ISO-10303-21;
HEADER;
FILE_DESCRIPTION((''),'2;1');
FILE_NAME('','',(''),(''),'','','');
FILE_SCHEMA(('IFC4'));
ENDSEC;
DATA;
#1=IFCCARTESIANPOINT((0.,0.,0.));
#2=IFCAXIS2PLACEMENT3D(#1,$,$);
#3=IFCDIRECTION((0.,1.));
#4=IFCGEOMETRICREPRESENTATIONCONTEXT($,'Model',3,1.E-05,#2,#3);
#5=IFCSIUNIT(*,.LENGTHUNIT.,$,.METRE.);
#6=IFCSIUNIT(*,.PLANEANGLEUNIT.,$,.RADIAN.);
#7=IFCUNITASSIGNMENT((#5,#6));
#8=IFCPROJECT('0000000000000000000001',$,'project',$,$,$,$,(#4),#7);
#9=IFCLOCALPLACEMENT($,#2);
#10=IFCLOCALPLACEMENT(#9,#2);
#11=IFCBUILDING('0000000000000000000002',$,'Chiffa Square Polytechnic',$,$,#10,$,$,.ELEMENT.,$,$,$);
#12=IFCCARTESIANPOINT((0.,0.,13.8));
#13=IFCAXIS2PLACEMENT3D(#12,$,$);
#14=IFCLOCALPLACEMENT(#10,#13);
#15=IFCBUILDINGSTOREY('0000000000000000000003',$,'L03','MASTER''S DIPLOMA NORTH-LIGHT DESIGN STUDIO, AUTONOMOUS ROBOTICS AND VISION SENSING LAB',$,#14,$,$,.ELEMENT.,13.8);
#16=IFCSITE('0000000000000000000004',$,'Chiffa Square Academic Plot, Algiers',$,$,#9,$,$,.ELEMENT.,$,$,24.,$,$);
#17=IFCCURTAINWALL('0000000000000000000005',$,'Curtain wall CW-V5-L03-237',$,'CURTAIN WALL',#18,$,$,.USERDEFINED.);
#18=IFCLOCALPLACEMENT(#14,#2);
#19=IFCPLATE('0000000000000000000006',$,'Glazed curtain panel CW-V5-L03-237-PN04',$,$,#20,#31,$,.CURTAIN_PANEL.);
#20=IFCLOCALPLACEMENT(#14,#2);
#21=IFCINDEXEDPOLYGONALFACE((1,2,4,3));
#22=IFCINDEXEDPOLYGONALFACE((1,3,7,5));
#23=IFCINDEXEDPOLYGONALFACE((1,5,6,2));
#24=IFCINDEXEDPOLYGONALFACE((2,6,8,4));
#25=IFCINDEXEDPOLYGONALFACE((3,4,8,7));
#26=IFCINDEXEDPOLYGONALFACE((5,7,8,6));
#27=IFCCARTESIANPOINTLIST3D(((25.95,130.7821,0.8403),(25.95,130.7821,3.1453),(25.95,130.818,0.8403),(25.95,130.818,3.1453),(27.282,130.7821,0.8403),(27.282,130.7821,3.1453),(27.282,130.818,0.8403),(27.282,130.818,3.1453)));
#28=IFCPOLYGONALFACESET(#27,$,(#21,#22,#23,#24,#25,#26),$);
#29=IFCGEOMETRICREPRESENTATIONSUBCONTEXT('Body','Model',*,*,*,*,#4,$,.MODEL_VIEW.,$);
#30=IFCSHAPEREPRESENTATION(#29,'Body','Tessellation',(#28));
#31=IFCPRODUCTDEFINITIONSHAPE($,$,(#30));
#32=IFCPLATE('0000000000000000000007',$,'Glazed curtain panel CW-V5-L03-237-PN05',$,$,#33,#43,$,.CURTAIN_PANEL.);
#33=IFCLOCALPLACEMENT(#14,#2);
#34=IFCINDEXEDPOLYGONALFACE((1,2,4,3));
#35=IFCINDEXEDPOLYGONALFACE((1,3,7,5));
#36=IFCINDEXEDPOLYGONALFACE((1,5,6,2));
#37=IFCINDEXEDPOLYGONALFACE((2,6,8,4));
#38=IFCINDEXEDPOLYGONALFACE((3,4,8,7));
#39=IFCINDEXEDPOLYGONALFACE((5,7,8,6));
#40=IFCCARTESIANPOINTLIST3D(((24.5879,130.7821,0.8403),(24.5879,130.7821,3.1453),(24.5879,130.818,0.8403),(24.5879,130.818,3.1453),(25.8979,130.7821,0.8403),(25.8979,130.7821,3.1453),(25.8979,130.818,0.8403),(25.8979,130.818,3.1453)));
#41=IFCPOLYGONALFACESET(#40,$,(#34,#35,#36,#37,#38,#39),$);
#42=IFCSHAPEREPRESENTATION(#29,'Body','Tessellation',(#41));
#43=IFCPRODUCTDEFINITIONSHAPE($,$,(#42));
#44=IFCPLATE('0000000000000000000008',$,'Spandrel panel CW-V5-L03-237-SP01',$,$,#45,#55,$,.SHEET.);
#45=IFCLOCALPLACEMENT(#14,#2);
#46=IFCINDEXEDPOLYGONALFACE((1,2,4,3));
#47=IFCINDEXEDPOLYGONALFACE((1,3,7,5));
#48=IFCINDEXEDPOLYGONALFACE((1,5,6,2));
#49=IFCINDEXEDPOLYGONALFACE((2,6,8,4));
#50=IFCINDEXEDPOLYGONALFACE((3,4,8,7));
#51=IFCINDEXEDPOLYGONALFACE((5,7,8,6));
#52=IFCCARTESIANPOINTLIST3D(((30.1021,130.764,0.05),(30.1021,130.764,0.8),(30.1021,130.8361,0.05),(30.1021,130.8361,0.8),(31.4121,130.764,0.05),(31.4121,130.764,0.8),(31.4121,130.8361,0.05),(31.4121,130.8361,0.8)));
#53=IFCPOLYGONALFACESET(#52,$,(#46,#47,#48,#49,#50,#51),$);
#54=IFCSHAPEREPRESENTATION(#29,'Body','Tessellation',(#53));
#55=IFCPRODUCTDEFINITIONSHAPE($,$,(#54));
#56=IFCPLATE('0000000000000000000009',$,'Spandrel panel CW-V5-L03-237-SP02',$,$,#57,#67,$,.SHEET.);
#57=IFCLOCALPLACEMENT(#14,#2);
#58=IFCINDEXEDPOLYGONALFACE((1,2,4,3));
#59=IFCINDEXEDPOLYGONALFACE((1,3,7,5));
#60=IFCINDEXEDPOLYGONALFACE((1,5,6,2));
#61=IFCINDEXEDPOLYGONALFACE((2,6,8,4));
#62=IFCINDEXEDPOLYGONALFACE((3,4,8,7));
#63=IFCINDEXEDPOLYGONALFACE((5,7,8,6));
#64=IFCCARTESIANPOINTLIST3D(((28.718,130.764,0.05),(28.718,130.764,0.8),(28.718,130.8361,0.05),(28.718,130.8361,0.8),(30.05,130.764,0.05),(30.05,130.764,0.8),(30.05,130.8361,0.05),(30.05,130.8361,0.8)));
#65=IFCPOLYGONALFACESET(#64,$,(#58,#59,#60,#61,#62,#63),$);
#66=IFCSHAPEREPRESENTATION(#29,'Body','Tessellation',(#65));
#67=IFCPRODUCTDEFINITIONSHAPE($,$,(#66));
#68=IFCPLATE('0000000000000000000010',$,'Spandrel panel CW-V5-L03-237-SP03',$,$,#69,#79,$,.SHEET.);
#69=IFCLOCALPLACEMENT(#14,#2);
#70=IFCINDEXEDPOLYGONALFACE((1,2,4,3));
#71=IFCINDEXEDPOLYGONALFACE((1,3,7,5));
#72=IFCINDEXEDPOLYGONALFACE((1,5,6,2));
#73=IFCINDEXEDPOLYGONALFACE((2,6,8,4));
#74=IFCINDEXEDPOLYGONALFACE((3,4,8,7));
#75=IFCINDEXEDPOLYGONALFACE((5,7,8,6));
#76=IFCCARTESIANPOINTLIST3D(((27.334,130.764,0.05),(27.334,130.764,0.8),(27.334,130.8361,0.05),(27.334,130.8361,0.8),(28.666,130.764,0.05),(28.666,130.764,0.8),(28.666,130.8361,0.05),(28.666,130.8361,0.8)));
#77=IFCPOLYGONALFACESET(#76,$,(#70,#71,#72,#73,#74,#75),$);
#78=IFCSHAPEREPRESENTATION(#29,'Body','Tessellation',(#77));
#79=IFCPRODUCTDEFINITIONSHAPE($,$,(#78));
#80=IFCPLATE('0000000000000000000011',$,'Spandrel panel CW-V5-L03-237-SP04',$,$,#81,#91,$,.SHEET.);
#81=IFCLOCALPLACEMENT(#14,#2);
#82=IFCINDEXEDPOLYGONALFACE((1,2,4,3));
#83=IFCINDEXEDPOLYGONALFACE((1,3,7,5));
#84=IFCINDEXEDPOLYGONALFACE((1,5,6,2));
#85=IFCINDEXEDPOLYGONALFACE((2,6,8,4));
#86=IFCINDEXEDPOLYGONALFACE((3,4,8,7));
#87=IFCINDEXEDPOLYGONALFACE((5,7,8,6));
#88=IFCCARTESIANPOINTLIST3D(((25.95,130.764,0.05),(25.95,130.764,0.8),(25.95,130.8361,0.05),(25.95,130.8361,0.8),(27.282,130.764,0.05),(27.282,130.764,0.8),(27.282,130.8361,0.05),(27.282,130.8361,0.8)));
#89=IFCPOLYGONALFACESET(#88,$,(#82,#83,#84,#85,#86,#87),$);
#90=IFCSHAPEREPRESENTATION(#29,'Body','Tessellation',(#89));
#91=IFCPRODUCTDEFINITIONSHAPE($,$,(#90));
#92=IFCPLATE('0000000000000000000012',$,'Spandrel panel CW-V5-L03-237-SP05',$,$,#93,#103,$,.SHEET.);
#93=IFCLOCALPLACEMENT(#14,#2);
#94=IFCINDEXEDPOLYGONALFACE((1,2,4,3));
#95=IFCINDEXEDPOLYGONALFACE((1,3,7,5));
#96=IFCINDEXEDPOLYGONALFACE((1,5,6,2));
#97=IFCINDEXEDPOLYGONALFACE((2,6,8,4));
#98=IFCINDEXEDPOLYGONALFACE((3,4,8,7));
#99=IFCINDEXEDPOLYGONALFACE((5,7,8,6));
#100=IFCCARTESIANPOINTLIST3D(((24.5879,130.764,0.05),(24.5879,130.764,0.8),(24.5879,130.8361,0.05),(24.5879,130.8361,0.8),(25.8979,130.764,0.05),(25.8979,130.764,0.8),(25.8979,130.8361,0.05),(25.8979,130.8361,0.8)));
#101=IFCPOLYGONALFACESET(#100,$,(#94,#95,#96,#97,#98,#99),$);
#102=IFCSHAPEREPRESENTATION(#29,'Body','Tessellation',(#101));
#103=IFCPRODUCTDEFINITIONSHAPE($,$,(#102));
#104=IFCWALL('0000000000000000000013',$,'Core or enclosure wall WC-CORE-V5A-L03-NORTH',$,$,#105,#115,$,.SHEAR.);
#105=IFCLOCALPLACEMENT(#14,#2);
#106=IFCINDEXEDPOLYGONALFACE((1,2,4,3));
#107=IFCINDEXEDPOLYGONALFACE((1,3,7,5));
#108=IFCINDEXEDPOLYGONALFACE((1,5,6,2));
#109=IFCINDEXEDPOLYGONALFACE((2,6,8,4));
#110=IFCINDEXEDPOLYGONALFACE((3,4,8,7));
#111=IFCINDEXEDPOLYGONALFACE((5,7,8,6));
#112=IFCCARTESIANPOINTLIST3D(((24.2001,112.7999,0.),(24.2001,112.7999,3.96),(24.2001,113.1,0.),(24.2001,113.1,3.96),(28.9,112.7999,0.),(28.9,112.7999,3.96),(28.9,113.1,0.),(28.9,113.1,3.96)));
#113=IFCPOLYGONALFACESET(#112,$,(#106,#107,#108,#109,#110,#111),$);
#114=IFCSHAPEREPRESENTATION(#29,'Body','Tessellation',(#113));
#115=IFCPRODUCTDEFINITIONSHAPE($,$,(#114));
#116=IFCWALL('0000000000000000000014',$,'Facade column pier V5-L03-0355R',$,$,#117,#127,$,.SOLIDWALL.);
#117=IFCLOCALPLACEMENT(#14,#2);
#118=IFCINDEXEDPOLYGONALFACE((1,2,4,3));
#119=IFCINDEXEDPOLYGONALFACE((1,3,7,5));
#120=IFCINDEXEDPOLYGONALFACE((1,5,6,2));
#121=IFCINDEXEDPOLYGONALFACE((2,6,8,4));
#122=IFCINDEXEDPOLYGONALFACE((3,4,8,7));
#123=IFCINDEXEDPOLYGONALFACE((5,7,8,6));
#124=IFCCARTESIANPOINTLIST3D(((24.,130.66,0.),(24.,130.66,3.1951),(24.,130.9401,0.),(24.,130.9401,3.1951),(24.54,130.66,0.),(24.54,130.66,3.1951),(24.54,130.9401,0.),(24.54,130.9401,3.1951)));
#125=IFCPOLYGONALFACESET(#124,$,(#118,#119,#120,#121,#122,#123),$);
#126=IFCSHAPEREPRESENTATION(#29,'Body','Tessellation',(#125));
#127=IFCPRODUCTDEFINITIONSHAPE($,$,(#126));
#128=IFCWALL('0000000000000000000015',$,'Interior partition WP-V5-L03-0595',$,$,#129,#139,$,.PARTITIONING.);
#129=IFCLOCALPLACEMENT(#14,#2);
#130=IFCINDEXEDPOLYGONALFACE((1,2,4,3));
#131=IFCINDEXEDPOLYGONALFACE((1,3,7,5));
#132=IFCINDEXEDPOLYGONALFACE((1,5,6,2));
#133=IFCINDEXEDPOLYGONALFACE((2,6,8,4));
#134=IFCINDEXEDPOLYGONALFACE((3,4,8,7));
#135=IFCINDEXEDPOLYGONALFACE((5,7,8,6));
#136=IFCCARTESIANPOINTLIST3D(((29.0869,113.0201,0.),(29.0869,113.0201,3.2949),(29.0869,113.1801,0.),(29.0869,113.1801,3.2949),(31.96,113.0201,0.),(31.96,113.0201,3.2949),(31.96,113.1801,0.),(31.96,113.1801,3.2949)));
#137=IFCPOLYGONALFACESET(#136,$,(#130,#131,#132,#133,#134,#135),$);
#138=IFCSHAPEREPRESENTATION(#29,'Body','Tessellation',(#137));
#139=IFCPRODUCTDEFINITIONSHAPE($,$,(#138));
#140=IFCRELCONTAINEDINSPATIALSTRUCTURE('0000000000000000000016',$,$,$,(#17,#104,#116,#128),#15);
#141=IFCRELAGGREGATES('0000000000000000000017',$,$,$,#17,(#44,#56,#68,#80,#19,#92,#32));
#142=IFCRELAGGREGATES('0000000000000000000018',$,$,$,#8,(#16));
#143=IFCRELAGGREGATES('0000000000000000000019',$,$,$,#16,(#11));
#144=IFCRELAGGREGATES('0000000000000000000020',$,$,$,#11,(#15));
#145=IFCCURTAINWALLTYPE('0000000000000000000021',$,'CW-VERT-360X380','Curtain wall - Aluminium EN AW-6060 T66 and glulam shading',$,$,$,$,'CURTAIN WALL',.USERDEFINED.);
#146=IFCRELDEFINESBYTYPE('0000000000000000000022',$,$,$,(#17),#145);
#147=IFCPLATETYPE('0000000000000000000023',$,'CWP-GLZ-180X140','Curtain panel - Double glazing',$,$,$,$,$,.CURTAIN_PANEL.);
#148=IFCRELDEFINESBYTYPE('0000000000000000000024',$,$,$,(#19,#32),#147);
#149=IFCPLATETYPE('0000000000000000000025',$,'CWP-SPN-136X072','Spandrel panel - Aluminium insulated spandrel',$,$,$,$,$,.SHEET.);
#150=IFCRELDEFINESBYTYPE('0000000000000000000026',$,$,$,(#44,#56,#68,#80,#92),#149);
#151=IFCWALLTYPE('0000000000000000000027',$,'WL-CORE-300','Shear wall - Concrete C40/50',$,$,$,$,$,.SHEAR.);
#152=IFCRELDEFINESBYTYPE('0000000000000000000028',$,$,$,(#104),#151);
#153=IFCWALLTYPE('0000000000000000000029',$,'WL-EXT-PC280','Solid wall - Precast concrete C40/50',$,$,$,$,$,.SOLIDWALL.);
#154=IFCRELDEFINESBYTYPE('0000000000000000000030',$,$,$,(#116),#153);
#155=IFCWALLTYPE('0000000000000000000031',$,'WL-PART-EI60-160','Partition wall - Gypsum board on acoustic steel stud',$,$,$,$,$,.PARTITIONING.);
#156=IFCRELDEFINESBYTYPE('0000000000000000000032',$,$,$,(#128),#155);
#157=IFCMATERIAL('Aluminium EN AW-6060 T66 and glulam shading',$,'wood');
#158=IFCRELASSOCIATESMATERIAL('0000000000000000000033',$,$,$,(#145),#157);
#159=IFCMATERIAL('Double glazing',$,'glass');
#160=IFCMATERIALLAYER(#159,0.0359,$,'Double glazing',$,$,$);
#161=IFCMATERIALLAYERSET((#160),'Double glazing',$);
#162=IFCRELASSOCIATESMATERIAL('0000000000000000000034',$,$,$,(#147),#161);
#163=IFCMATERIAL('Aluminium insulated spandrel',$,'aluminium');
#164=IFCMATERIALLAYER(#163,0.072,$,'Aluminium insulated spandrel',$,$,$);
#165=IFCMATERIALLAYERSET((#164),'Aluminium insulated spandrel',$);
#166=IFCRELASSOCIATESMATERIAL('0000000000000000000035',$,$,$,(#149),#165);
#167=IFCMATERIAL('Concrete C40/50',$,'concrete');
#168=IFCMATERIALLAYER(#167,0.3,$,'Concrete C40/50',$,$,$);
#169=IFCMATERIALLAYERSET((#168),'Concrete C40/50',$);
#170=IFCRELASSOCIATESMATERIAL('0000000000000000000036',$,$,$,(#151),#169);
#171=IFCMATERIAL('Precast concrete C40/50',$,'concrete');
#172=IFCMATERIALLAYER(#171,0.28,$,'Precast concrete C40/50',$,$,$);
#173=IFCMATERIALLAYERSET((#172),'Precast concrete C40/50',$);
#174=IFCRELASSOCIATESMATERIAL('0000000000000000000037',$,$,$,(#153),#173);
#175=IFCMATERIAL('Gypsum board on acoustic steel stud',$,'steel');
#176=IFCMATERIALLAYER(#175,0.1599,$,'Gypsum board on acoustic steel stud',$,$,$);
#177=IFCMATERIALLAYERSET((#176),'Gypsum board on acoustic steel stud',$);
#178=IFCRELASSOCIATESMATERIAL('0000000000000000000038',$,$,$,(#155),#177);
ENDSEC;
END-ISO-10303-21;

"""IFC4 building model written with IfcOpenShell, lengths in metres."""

from ifc_helpers import new_model, si_unit, direction, frame, frame_2d, origin, origin_2d, place, context, subcontext, project, spatial, rectangle, extrude, material, layer, layer_set, type_object, element, aggregate, save


model = new_model("IFC4")

# Units and contexts
model_context = context("Model", 3, precision=1e-05, world=origin(), true_north=direction((0.0, 1.0)))
body_context = subcontext(model_context, "Body", "Model", "MODEL_VIEW")
ifc_project = project(units=[si_unit("LENGTHUNIT", "METRE"), si_unit("PLANEANGLEUNIT", "RADIAN")], contexts=[model_context])

# Site, building, storey
site_placement = place(None, origin())
site = spatial("IfcSite", under=ifc_project, at=site_placement, Name="Chiffa Square Academic Plot, Algiers", CompositionType="ELEMENT", RefElevation=24.0)
building_placement = place(site_placement, origin())
building = spatial("IfcBuilding", under=site, at=building_placement, Name="Chiffa Square Polytechnic", CompositionType="ELEMENT")
storey_placement = place(building_placement, frame((0.0, 0.0, 13.8)))
storey = spatial("IfcBuildingStorey", under=building, at=storey_placement, Name="L03", Description="MASTER'S DIPLOMA NORTH-LIGHT DESIGN STUDIO, AUTONOMOUS ROBOTICS AND VISION SENSING LAB", CompositionType="ELEMENT", Elevation=13.8)

# Curtain wall
ifc_material_1 = material(Name="Aluminium EN AW-6060 T66 and glulam shading", Category="wood")
curtain_wall_type = type_object("IfcCurtainWallType", Name="CW-VERT-360X380", Description="Curtain wall - Aluminium EN AW-6060 T66 and glulam shading", ElementType="CURTAIN WALL", PredefinedType="USERDEFINED", material=ifc_material_1)
curtain_wall_placement = place(storey_placement, origin())
curtain_wall = element("IfcCurtainWall", 1, at=curtain_wall_placement, inside=storey, type_object=curtain_wall_type, Name="Curtain wall CW-V5-L03-237", ObjectType="CURTAIN WALL", PredefinedType="USERDEFINED")

# Plates
ifc_material_2 = material(Name="Double glazing", Category="glass")
ifc_layer_1 = layer(ifc_material_2, 0.0359, Name="Double glazing")
ifc_layer_set_1 = layer_set([ifc_layer_1], Name="Double glazing")
plate_type_1 = type_object("IfcPlateType", Name="CWP-GLZ-180X140", Description="Curtain panel - Double glazing", PredefinedType="CURTAIN_PANEL", material=ifc_layer_set_1)
plate_1_placement = place(storey_placement, frame((26.616, 130.8, 0.8403), z_axis=(0.0, 0.0, 1.0), x_axis=(-1.0, 0.0, 0.0)))
plate_1 = element("IfcPlate", 2, at=plate_1_placement, type_object=plate_type_1, Name="Glazed curtain panel CW-V5-L03-237-PN04", PredefinedType="CURTAIN_PANEL", context=body_context, shape_type="SweptSolid", body=[
    extrude(rectangle(XDim=1.332, YDim=0.0359, at=origin_2d()), origin(), (0.0, 0.0, 1.0), 2.3049),
])
plate_2_placement = place(storey_placement, frame((25.2429, 130.8, 0.8403), z_axis=(0.0, 0.0, 1.0), x_axis=(-1.0, 0.0, 0.0)))
plate_2 = element("IfcPlate", 3, at=plate_2_placement, type_object=plate_type_1, Name="Glazed curtain panel CW-V5-L03-237-PN05", PredefinedType="CURTAIN_PANEL", context=body_context, shape_type="SweptSolid", body=[
    extrude(rectangle(XDim=1.3101, YDim=0.0359, at=origin_2d()), origin(), (0.0, 0.0, 1.0), 2.3049),
])
ifc_material_3 = material(Name="Aluminium insulated spandrel", Category="aluminium")
ifc_layer_2 = layer(ifc_material_3, 0.072, Name="Aluminium insulated spandrel")
ifc_layer_set_2 = layer_set([ifc_layer_2], Name="Aluminium insulated spandrel")
plate_type_2 = type_object("IfcPlateType", Name="CWP-SPN-136X072", Description="Spandrel panel - Aluminium insulated spandrel", PredefinedType="SHEET", material=ifc_layer_set_2)
plate_3_placement = place(storey_placement, frame((30.7571, 130.8, 0.05), z_axis=(0.0, 0.0, 1.0), x_axis=(-1.0, 0.0, 0.0)))
plate_3 = element("IfcPlate", 4, at=plate_3_placement, type_object=plate_type_2, Name="Spandrel panel CW-V5-L03-237-SP01", PredefinedType="SHEET", context=body_context, shape_type="SweptSolid", body=[
    extrude(rectangle(XDim=1.3101, YDim=0.072, at=origin_2d()), origin(), (0.0, 0.0, 1.0), 0.75),
])
plate_4_placement = place(storey_placement, frame((29.384, 130.8, 0.05), z_axis=(0.0, 0.0, 1.0), x_axis=(-1.0, 0.0, 0.0)))
plate_4 = element("IfcPlate", 5, at=plate_4_placement, type_object=plate_type_2, Name="Spandrel panel CW-V5-L03-237-SP02", PredefinedType="SHEET", context=body_context, shape_type="SweptSolid", body=[
    extrude(rectangle(XDim=1.332, YDim=0.072, at=origin_2d()), origin(), (0.0, 0.0, 1.0), 0.75),
])
plate_5_placement = place(storey_placement, frame((28.0, 130.8, 0.05), z_axis=(0.0, 0.0, 1.0), x_axis=(-1.0, 0.0, 0.0)))
plate_5 = element("IfcPlate", 6, at=plate_5_placement, type_object=plate_type_2, Name="Spandrel panel CW-V5-L03-237-SP03", PredefinedType="SHEET", context=body_context, shape_type="SweptSolid", body=[
    extrude(rectangle(XDim=1.332, YDim=0.072, at=origin_2d()), origin(), (0.0, 0.0, 1.0), 0.75),
])
plate_6_placement = place(storey_placement, frame((26.616, 130.8, 0.05), z_axis=(0.0, 0.0, 1.0), x_axis=(-1.0, 0.0, 0.0)))
plate_6 = element("IfcPlate", 7, at=plate_6_placement, type_object=plate_type_2, Name="Spandrel panel CW-V5-L03-237-SP04", PredefinedType="SHEET", context=body_context, shape_type="SweptSolid", body=[
    extrude(rectangle(XDim=1.332, YDim=0.072, at=origin_2d()), origin(), (0.0, 0.0, 1.0), 0.75),
])
plate_7_placement = place(storey_placement, frame((25.2429, 130.8, 0.05), z_axis=(0.0, 0.0, 1.0), x_axis=(-1.0, 0.0, 0.0)))
plate_7 = element("IfcPlate", 8, at=plate_7_placement, type_object=plate_type_2, Name="Spandrel panel CW-V5-L03-237-SP05", PredefinedType="SHEET", context=body_context, shape_type="SweptSolid", body=[
    extrude(rectangle(XDim=1.3101, YDim=0.072, at=origin_2d()), origin(), (0.0, 0.0, 1.0), 0.75),
])
aggregate(curtain_wall, [plate_3, plate_4, plate_5, plate_6, plate_1, plate_7, plate_2])

# Walls
ifc_material_4 = material(Name="Concrete C40/50", Category="concrete")
ifc_layer_3 = layer(ifc_material_4, 0.3, Name="Concrete C40/50")
ifc_layer_set_3 = layer_set([ifc_layer_3], Name="Concrete C40/50")
wall_type_1 = type_object("IfcWallType", Name="WL-CORE-300", Description="Shear wall - Concrete C40/50", PredefinedType="SHEAR", material=ifc_layer_set_3)
wall_1_placement = place(storey_placement, frame((24.2, 112.95, 0.0), z_axis=(0.0, 0.0, 1.0), x_axis=(1.0, 0.0, 0.0)))
element("IfcWall", 9, at=wall_1_placement, inside=storey, type_object=wall_type_1, Name="Core or enclosure wall WC-CORE-V5A-L03-NORTH", PredefinedType="SHEAR", context=body_context, shape_type="SweptSolid", body=[
    extrude(rectangle(XDim=4.7, YDim=0.3, at=frame_2d((2.3501, 0.0))), origin(), (0.0, 0.0, 1.0), 3.96),
])
ifc_material_5 = material(Name="Precast concrete C40/50", Category="concrete")
ifc_layer_4 = layer(ifc_material_5, 0.28, Name="Precast concrete C40/50")
ifc_layer_set_4 = layer_set([ifc_layer_4], Name="Precast concrete C40/50")
wall_type_2 = type_object("IfcWallType", Name="WL-EXT-PC280", Description="Solid wall - Precast concrete C40/50", PredefinedType="SOLIDWALL", material=ifc_layer_set_4)
wall_2_placement = place(storey_placement, frame((24.54, 130.8, 0.0), z_axis=(0.0, 0.0, 1.0), x_axis=(-1.0, 0.0, 0.0)))
element("IfcWall", 10, at=wall_2_placement, inside=storey, type_object=wall_type_2, Name="Facade column pier V5-L03-0355R", PredefinedType="SOLIDWALL", context=body_context, shape_type="SweptSolid", body=[
    extrude(rectangle(XDim=0.54, YDim=0.28, at=frame_2d((0.27, 0.0))), origin(), (0.0, 0.0, 1.0), 3.1951),
])
ifc_material_6 = material(Name="Gypsum board on acoustic steel stud", Category="steel")
ifc_layer_5 = layer(ifc_material_6, 0.1599, Name="Gypsum board on acoustic steel stud")
ifc_layer_set_5 = layer_set([ifc_layer_5], Name="Gypsum board on acoustic steel stud")
wall_type_3 = type_object("IfcWallType", Name="WL-PART-EI60-160", Description="Partition wall - Gypsum board on acoustic steel stud", PredefinedType="PARTITIONING", material=ifc_layer_set_5)
wall_3_placement = place(storey_placement, frame((29.0869, 113.1001, 0.0), z_axis=(0.0, 0.0, 1.0), x_axis=(1.0, 0.0, 0.0)))
element("IfcWall", 11, at=wall_3_placement, inside=storey, type_object=wall_type_3, Name="Interior partition WP-V5-L03-0595", PredefinedType="PARTITIONING", context=body_context, shape_type="SweptSolid", body=[
    extrude(rectangle(XDim=2.873, YDim=0.1599, at=frame_2d((1.4365, 0.0))), origin(), (0.0, 0.0, 1.0), 3.2949),
])

save(model, "model.ifc")
